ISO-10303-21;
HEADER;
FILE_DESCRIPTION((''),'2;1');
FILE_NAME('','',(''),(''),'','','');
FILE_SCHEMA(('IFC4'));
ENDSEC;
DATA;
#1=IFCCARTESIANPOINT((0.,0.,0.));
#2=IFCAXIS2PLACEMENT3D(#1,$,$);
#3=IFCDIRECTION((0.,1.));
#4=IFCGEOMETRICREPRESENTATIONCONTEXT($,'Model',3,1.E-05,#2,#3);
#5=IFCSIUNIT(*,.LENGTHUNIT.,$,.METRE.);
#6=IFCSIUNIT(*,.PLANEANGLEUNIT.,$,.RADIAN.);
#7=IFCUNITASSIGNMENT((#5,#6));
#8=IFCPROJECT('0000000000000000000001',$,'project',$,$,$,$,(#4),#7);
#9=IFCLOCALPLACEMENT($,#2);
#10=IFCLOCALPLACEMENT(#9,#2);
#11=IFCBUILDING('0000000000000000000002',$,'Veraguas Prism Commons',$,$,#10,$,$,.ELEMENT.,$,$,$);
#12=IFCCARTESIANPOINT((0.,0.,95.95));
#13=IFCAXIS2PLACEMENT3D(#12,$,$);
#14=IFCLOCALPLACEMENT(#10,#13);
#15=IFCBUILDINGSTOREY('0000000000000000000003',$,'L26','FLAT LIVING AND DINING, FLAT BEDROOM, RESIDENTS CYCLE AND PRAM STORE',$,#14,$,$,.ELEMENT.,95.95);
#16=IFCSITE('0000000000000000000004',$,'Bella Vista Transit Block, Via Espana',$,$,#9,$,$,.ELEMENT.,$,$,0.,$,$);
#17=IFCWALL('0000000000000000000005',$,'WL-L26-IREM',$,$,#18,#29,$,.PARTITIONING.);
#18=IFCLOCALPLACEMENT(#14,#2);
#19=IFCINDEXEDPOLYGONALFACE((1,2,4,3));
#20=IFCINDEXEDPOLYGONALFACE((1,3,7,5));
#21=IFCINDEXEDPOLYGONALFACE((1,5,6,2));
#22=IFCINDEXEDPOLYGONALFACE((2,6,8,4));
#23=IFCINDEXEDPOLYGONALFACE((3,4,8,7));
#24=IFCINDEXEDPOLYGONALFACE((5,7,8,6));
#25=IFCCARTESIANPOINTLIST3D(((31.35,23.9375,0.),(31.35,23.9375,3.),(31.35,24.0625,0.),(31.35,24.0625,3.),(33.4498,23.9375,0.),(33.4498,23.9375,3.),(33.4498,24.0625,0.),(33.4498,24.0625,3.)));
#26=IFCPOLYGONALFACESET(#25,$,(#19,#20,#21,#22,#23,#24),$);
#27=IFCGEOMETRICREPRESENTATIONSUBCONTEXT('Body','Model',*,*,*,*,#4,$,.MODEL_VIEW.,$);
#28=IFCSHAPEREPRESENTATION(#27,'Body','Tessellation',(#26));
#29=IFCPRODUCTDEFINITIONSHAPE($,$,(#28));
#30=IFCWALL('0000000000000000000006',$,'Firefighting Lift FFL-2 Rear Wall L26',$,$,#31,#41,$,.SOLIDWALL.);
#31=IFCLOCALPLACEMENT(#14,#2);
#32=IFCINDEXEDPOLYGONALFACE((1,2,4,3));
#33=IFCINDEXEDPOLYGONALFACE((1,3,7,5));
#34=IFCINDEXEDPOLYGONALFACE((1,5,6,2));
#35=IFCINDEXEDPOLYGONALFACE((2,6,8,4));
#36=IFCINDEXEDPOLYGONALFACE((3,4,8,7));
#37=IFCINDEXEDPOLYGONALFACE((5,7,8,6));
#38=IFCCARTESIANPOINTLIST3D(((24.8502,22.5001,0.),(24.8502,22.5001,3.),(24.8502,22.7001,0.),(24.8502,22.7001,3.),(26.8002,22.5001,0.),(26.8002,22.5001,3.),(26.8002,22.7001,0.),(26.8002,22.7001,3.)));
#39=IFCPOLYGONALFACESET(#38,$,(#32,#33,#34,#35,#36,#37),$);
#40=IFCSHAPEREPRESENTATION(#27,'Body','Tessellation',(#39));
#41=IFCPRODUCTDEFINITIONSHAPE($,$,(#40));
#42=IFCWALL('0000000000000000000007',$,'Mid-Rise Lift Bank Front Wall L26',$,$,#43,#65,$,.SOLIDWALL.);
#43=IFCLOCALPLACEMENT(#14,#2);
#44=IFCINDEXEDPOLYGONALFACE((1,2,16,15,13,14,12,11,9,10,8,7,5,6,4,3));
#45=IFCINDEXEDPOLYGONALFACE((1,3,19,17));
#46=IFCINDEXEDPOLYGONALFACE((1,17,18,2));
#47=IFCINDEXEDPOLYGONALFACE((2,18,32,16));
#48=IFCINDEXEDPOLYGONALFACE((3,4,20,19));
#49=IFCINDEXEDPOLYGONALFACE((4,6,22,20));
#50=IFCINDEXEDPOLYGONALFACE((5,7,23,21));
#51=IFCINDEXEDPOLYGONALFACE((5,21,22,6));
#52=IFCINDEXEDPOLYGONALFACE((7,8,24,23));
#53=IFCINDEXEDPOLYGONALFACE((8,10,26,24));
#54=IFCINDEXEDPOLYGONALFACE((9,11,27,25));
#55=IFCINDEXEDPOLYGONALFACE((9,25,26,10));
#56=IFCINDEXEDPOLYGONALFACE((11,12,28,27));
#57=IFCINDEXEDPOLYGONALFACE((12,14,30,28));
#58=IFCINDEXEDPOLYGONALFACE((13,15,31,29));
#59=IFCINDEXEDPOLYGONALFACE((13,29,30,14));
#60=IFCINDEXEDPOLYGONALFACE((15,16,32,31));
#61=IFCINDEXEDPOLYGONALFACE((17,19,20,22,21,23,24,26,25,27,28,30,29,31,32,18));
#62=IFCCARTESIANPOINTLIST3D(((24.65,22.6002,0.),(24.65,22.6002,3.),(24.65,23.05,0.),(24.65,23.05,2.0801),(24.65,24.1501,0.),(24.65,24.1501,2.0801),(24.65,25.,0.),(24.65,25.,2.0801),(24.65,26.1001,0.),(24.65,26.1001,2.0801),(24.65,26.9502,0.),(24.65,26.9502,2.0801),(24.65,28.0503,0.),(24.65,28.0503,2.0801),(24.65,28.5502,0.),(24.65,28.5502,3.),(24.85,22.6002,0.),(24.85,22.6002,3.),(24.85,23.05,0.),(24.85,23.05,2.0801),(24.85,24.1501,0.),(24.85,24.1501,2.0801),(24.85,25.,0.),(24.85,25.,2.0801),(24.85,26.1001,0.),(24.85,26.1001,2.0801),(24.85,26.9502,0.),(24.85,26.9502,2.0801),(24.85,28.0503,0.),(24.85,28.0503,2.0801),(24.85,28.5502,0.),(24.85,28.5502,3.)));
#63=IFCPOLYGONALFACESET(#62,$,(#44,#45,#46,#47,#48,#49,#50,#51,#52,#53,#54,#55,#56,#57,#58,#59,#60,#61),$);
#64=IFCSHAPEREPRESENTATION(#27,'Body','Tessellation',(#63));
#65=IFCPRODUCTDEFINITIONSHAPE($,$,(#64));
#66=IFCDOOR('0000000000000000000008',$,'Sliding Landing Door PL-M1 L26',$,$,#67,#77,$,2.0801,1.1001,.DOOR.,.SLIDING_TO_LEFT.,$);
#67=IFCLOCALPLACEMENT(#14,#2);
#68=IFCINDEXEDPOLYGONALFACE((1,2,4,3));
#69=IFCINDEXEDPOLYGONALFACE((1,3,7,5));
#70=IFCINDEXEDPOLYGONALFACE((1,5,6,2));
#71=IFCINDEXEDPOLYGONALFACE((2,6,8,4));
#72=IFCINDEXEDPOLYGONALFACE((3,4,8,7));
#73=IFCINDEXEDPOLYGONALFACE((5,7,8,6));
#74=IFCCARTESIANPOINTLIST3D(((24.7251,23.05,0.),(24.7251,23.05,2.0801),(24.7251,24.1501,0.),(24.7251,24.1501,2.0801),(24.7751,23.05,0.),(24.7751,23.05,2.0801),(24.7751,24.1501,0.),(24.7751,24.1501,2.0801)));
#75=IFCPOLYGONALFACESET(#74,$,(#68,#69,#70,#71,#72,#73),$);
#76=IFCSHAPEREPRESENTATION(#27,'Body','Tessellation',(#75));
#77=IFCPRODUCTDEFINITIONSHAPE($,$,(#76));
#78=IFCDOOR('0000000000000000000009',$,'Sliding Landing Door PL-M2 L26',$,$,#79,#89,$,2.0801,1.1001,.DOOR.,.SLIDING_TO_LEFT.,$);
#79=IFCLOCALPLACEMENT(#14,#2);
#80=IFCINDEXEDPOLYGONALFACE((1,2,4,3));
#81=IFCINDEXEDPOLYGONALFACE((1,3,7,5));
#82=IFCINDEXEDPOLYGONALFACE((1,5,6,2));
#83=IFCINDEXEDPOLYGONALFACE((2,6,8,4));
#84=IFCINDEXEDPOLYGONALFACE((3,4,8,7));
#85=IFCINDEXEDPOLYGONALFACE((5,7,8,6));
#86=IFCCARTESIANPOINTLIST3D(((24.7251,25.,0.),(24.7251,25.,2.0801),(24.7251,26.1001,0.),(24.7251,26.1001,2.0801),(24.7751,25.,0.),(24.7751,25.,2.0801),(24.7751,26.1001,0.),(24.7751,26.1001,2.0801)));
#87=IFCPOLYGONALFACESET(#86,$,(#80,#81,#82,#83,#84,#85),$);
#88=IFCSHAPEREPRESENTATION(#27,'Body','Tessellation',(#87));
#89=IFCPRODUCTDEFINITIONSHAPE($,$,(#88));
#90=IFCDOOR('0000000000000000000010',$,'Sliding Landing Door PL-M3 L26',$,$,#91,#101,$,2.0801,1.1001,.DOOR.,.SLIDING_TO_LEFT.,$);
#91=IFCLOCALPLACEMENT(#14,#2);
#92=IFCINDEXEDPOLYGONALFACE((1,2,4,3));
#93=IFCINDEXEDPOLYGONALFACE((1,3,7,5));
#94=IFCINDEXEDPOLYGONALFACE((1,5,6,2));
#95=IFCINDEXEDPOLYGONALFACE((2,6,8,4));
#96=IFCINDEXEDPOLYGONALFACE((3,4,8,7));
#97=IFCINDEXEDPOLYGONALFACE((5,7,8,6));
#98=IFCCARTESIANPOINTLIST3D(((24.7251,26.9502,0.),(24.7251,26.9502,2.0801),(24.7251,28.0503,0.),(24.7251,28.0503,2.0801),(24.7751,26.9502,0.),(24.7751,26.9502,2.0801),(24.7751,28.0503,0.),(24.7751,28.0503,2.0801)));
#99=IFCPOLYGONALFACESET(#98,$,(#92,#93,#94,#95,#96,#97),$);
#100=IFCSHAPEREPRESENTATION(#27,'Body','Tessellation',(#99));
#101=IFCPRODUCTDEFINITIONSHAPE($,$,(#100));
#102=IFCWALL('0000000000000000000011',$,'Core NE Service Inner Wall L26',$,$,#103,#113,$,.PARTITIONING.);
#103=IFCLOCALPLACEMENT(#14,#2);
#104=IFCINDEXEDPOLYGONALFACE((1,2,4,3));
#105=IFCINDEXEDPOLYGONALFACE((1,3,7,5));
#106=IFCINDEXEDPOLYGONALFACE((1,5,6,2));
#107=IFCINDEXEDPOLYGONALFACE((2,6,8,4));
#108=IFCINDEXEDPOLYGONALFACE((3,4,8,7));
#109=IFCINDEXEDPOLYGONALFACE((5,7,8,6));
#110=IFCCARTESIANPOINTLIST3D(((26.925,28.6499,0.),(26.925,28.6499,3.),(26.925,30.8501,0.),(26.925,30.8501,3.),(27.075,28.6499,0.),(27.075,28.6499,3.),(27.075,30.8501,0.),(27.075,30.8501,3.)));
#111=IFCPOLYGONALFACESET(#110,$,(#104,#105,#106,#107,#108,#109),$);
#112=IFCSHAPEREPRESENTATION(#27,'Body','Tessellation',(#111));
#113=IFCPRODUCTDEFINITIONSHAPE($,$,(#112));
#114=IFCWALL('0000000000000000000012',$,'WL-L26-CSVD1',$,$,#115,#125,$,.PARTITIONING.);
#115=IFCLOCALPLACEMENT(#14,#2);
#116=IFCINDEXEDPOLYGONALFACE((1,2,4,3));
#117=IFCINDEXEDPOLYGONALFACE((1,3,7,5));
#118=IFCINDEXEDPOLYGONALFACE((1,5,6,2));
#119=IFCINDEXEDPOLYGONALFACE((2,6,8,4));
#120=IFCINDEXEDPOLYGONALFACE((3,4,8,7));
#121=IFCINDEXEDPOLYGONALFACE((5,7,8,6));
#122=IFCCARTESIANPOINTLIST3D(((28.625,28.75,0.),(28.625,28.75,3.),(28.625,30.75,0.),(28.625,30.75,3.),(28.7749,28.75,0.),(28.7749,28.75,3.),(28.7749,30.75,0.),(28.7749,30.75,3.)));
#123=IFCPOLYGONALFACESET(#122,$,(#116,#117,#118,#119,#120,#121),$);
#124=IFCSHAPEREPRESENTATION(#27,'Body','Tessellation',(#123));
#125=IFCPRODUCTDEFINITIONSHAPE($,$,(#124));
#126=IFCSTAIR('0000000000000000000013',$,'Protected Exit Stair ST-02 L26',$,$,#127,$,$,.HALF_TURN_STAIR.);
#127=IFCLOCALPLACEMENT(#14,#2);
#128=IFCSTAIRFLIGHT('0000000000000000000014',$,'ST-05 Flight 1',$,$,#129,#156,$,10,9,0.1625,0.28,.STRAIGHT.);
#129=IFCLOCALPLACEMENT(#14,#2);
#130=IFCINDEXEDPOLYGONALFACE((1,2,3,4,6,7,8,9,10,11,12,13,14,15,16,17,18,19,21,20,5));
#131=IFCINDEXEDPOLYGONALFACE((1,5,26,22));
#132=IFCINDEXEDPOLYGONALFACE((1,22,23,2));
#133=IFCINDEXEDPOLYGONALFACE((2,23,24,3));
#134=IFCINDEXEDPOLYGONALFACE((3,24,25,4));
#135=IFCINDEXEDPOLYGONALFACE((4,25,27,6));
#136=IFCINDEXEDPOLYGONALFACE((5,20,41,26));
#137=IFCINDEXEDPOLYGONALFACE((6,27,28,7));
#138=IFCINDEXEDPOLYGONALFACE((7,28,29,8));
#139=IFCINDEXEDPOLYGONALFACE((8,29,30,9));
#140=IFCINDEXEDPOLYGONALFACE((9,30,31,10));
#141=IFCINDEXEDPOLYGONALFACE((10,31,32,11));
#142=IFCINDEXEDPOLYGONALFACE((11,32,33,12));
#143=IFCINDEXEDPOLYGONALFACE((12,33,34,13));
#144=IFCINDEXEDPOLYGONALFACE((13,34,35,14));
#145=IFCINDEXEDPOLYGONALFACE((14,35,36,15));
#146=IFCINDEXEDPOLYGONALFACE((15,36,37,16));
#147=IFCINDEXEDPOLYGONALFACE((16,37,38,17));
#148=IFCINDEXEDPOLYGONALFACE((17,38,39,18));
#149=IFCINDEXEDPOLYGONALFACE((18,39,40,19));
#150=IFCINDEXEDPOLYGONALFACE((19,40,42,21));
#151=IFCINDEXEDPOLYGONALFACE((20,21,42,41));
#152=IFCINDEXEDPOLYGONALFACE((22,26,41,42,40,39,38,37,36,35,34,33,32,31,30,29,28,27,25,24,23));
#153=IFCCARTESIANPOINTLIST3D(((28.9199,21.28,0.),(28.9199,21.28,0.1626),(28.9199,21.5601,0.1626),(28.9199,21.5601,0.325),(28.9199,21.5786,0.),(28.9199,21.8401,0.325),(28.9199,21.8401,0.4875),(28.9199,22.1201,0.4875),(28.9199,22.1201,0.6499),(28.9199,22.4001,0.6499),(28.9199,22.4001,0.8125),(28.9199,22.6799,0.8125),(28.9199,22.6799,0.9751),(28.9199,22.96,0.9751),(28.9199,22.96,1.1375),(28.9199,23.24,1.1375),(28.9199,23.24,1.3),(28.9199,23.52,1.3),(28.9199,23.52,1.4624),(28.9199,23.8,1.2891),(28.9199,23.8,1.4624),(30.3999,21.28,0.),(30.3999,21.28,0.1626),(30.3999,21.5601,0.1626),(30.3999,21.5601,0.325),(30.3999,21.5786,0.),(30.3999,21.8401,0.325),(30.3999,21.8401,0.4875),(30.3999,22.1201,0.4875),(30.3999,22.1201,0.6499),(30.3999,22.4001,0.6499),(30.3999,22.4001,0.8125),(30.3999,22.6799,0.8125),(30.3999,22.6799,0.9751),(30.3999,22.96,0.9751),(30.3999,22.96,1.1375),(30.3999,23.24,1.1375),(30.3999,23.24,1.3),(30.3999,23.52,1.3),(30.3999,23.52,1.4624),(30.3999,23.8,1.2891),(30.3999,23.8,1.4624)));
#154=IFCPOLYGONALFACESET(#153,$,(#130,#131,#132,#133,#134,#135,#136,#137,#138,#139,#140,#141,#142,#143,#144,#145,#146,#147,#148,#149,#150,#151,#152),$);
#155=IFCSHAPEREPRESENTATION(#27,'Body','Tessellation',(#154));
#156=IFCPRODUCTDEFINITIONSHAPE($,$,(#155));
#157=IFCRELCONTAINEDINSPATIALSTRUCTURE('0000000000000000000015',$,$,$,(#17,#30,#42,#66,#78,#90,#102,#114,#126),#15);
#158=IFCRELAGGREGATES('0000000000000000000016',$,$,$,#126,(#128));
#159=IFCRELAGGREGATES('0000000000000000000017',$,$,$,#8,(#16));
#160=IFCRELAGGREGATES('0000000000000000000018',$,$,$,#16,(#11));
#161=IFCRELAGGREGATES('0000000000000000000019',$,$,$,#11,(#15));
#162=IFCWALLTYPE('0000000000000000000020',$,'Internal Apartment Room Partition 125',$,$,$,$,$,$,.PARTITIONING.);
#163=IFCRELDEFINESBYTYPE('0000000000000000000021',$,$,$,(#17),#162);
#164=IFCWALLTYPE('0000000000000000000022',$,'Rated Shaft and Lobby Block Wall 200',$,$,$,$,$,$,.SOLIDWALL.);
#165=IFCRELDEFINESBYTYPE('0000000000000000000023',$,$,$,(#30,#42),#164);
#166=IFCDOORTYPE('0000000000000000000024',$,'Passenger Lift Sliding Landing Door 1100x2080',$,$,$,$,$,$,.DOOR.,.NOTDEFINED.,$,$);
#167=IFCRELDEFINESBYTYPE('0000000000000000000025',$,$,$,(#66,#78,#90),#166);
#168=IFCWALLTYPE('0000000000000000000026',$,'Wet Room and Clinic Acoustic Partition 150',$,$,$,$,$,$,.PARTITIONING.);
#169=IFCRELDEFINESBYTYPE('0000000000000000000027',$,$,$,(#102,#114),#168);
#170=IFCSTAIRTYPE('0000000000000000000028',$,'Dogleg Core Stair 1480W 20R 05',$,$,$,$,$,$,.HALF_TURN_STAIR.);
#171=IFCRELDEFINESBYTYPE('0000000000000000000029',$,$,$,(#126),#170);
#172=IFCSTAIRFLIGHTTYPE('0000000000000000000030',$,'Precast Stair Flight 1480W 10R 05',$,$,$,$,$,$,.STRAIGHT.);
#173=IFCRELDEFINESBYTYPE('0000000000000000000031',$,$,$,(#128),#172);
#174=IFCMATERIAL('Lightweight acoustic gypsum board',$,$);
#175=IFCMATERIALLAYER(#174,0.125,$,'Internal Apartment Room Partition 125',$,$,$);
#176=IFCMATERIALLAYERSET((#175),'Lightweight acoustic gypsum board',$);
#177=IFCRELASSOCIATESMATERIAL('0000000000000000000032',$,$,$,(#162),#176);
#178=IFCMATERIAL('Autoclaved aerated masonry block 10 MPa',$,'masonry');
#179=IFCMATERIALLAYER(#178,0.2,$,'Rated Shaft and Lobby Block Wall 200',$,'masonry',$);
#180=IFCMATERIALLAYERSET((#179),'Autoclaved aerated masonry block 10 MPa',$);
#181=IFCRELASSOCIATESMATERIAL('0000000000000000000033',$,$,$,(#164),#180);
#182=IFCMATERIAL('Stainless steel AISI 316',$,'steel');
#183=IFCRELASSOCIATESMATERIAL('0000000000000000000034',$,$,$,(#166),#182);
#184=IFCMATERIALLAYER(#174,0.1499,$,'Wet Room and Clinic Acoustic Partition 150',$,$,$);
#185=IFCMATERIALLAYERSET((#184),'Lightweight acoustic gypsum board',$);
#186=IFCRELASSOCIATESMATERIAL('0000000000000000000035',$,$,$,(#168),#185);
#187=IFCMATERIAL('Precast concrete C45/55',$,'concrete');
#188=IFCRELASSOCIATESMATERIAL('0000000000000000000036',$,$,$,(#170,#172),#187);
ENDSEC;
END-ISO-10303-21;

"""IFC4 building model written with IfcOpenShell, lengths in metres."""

from ifc_helpers import new_model, si_unit, direction, frame, frame_2d, origin, place, context, subcontext, project, spatial, polyline, rectangle, outline, extrude, source, transform, mapped, material, layer, layer_set, type_object, element, fill, aggregate, save


model = new_model("IFC4")

# Units and contexts
model_context = context("Model", 3, precision=1e-05, world=origin(), true_north=direction((0.0, 1.0)))
body_context = subcontext(model_context, "Body", "Model", "MODEL_VIEW")
ifc_project = project(units=[si_unit("LENGTHUNIT", "METRE"), si_unit("PLANEANGLEUNIT", "RADIAN")], contexts=[model_context])

# Site, building, storey
site_placement = place(None, origin())
site = spatial("IfcSite", under=ifc_project, at=site_placement, Name="Bella Vista Transit Block, Via Espana", CompositionType="ELEMENT", RefElevation=0.0)
building_placement = place(site_placement, origin())
building = spatial("IfcBuilding", under=site, at=building_placement, Name="Veraguas Prism Commons", CompositionType="ELEMENT")
storey_placement = place(building_placement, frame((0.0, 0.0, 95.95)))
storey = spatial("IfcBuildingStorey", under=building, at=storey_placement, Name="L26", Description="FLAT LIVING AND DINING, FLAT BEDROOM, RESIDENTS CYCLE AND PRAM STORE", CompositionType="ELEMENT", Elevation=95.95)

# Shared definitions
ifc_material_1 = material(Name="Autoclaved aerated masonry block 10 MPa", Category="masonry")

# Walls
ifc_material_2 = material(Name="Lightweight acoustic gypsum board")
ifc_layer_1 = layer(ifc_material_2, 0.125, Name="Internal Apartment Room Partition 125")
ifc_layer_set_1 = layer_set([ifc_layer_1], Name="Lightweight acoustic gypsum board")
wall_type_1 = type_object("IfcWallType", Name="Internal Apartment Room Partition 125", PredefinedType="PARTITIONING", material=ifc_layer_set_1)
wall_1_placement = place(storey_placement, frame((31.3501, 24.0, 0.0), z_axis=(0.0, 0.0, 1.0), x_axis=(1.0, 0.0, 0.0)))
element("IfcWall", 1, at=wall_1_placement, inside=storey, type_object=wall_type_1, Name="WL-L26-IREM", PredefinedType="PARTITIONING", context=body_context, shape_type="SweptSolid", body=[
    extrude(rectangle(XDim=2.0999, YDim=0.125, at=frame_2d((1.0498, 0.0))), origin(), (0.0, 0.0, 1.0), 3.0),
])
ifc_layer_2 = layer(ifc_material_1, 0.2, Name="Rated Shaft and Lobby Block Wall 200", Category="masonry")
ifc_layer_set_2 = layer_set([ifc_layer_2], Name="Autoclaved aerated masonry block 10 MPa")
wall_type_2 = type_object("IfcWallType", Name="Rated Shaft and Lobby Block Wall 200", PredefinedType="SOLIDWALL", material=ifc_layer_set_2)
wall_2_placement = place(storey_placement, frame((24.8501, 22.6001, 0.0), z_axis=(0.0, 0.0, 1.0), x_axis=(1.0, 0.0, 0.0)))
element("IfcWall", 2, at=wall_2_placement, inside=storey, type_object=wall_type_2, Name="Firefighting Lift FFL-2 Rear Wall L26", PredefinedType="SOLIDWALL", context=body_context, shape_type="SweptSolid", body=[
    extrude(rectangle(XDim=1.95, YDim=0.2, at=frame_2d((0.9751, 0.0))), origin(), (0.0, 0.0, 1.0), 3.0),
])

# Wall, openings, doors
wall_3_placement = place(storey_placement, frame((24.75, 22.6001, 0.0), z_axis=(0.0, 0.0, 1.0), x_axis=(0.0, 1.0, 0.0)))
wall_3 = element("IfcWall", 3, at=wall_3_placement, inside=storey, type_object=wall_type_2, Name="Mid-Rise Lift Bank Front Wall L26", PredefinedType="SOLIDWALL", context=body_context, shape_type="SweptSolid", body=[
    extrude(rectangle(XDim=5.95, YDim=0.2, at=frame_2d((2.9751, 0.0))), origin(), (0.0, 0.0, 1.0), 3.0),
])
opening_1_placement = place(wall_3_placement, frame((0.45, 0.0, 0.0)))
opening_1 = element("IfcOpeningElement", 4, at=opening_1_placement, cuts=wall_3, PredefinedType="OPENING", context=body_context, shape_type="SweptSolid", body=[
    extrude(rectangle(XDim=1.1001, YDim=2.0801, at=frame_2d((0.55, 1.04))), frame((0.0, 0.1099, 0.0), z_axis=(0.0, -1.0, 0.0), x_axis=(1.0, 0.0, 0.0)), (0.0, 0.0, 1.0), 0.22),
])
opening_2_placement = place(wall_3_placement, frame((2.3999, 0.0, 0.0)))
opening_2 = element("IfcOpeningElement", 5, at=opening_2_placement, cuts=wall_3, PredefinedType="OPENING", context=body_context, shape_type="SweptSolid", body=[
    extrude(rectangle(XDim=1.1001, YDim=2.0801, at=frame_2d((0.55, 1.04))), frame((0.0, 0.1099, 0.0), z_axis=(0.0, -1.0, 0.0), x_axis=(1.0, 0.0, 0.0)), (0.0, 0.0, 1.0), 0.22),
])
opening_3_placement = place(wall_3_placement, frame((4.3501, 0.0, 0.0)))
opening_3 = element("IfcOpeningElement", 6, at=opening_3_placement, cuts=wall_3, PredefinedType="OPENING", context=body_context, shape_type="SweptSolid", body=[
    extrude(rectangle(XDim=1.1001, YDim=2.0801, at=frame_2d((0.55, 1.04))), frame((0.0, 0.1099, 0.0), z_axis=(0.0, -1.0, 0.0), x_axis=(1.0, 0.0, 0.0)), (0.0, 0.0, 1.0), 0.22),
])
ifc_material_3 = material(Name="Stainless steel AISI 316", Category="steel")
door_type_1 = type_object("IfcDoorType", Name="Passenger Lift Sliding Landing Door 1100x2080", OperationType="NOTDEFINED", PredefinedType="DOOR", material=ifc_material_3)
shared_shape_1 = source(origin(), body_context, "Body", "SweptSolid", [
    extrude(rectangle(XDim=1.1001, YDim=2.0801, at=frame_2d((0.55, 1.04))), frame((0.0, 0.0249, 0.0), z_axis=(0.0, -1.0, 0.0), x_axis=(1.0, 0.0, 0.0)), (0.0, 0.0, 1.0), 0.05),
])
door_1_placement = place(opening_1_placement, origin())
door_1 = element("IfcDoor", 7, at=door_1_placement, inside=storey, type_object=door_type_1, Name="Sliding Landing Door PL-M1 L26", OperationType="SLIDING_TO_LEFT", OverallHeight=2.0801, OverallWidth=1.1001, PredefinedType="DOOR", context=body_context, shape_type="MappedRepresentation", body=[
    mapped(shared_shape_1, transform((0.0, 0.0, 0.0), scale=1.0)),
])
fill(opening_1, door_1)
door_2_placement = place(opening_2_placement, origin())
door_2 = element("IfcDoor", 8, at=door_2_placement, inside=storey, type_object=door_type_1, Name="Sliding Landing Door PL-M2 L26", OperationType="SLIDING_TO_LEFT", OverallHeight=2.0801, OverallWidth=1.1001, PredefinedType="DOOR", context=body_context, shape_type="MappedRepresentation", body=[
    mapped(shared_shape_1, transform((0.0, 0.0, 0.0), scale=1.0)),
])
fill(opening_2, door_2)
door_3_placement = place(opening_3_placement, origin())
door_3 = element("IfcDoor", 9, at=door_3_placement, inside=storey, type_object=door_type_1, Name="Sliding Landing Door PL-M3 L26", OperationType="SLIDING_TO_LEFT", OverallHeight=2.0801, OverallWidth=1.1001, PredefinedType="DOOR", context=body_context, shape_type="MappedRepresentation", body=[
    mapped(shared_shape_1, transform((0.0, 0.0, 0.0), scale=1.0)),
])
fill(opening_3, door_3)

# Walls
ifc_layer_3 = layer(ifc_material_2, 0.1499, Name="Wet Room and Clinic Acoustic Partition 150")
ifc_layer_set_3 = layer_set([ifc_layer_3], Name="Lightweight acoustic gypsum board")
wall_type_3 = type_object("IfcWallType", Name="Wet Room and Clinic Acoustic Partition 150", PredefinedType="PARTITIONING", material=ifc_layer_set_3)
wall_4_placement = place(storey_placement, frame((27.0, 28.6499, 0.0), z_axis=(0.0, 0.0, 1.0), x_axis=(0.0, 1.0, 0.0)))
element("IfcWall", 10, at=wall_4_placement, inside=storey, type_object=wall_type_3, Name="Core NE Service Inner Wall L26", PredefinedType="PARTITIONING", context=body_context, shape_type="SweptSolid", body=[
    extrude(rectangle(XDim=2.2002, YDim=0.1499, at=frame_2d((1.1001, 0.0))), origin(), (0.0, 0.0, 1.0), 3.0),
])
wall_5_placement = place(storey_placement, frame((28.7, 28.75, 0.0), z_axis=(0.0, 0.0, 1.0), x_axis=(0.0, 1.0, 0.0)))
element("IfcWall", 11, at=wall_5_placement, inside=storey, type_object=wall_type_3, Name="WL-L26-CSVD1", PredefinedType="PARTITIONING", context=body_context, shape_type="SweptSolid", body=[
    extrude(rectangle(XDim=2.0, YDim=0.1499, at=frame_2d((1.0, 0.0))), origin(), (0.0, 0.0, 1.0), 3.0),
])

# Stair, stair flight
ifc_material_4 = material(Name="Precast concrete C45/55", Category="concrete")
stair_type = type_object("IfcStairType", Name="Dogleg Core Stair 1480W 20R 05", PredefinedType="HALF_TURN_STAIR", material=ifc_material_4)
stair_placement = place(storey_placement, origin())
stair = element("IfcStair", 12, at=stair_placement, inside=storey, type_object=stair_type, Name="Protected Exit Stair ST-02 L26", PredefinedType="HALF_TURN_STAIR")
stair_flight_type = type_object("IfcStairFlightType", Name="Precast Stair Flight 1480W 10R 05", PredefinedType="STRAIGHT", material=ifc_material_4)
stair_flight_1_placement = place(storey_placement, frame((29.6599, 21.28, 0.0), z_axis=(0.0, 0.0, 1.0), x_axis=(0.0, 1.0, 0.0)))
stair_flight_1 = element("IfcStairFlight", 13, at=stair_flight_1_placement, type_object=stair_flight_type, Name="ST-05 Flight 1", NumberOfRisers=10, NumberOfTreads=9, PredefinedType="STRAIGHT", RiserHeight=0.1625, TreadLength=0.28, context=body_context, shape_type="SweptSolid", body=[
    extrude(outline(polyline([(0.0, 0.0), (0.0, 0.1626), (0.28, 0.1626), (0.28, 0.325), (0.5601, 0.325), (0.5601, 0.4875), (0.8401, 0.4875), (0.8401, 0.6499), (1.1201, 0.6499), (1.1201, 0.8125), (1.3999, 0.8125), (1.3999, 0.9751), (1.6799, 0.9751), (1.6799, 1.1375), (1.96, 1.1375), (1.96, 1.3), (2.24, 1.3), (2.24, 1.4624), (2.52, 1.4624), (2.52, 1.625), (2.52, 1.2891), (0.2986, 0.0), (0.0, 0.0)])), frame((0.0, 0.74, 0.0), z_axis=(0.0, -1.0, 0.0), x_axis=(1.0, 0.0, 0.0)), (0.0, 0.0, 1.0), 1.48),
])
aggregate(stair, [stair_flight_1])

save(model, "model.ifc")
